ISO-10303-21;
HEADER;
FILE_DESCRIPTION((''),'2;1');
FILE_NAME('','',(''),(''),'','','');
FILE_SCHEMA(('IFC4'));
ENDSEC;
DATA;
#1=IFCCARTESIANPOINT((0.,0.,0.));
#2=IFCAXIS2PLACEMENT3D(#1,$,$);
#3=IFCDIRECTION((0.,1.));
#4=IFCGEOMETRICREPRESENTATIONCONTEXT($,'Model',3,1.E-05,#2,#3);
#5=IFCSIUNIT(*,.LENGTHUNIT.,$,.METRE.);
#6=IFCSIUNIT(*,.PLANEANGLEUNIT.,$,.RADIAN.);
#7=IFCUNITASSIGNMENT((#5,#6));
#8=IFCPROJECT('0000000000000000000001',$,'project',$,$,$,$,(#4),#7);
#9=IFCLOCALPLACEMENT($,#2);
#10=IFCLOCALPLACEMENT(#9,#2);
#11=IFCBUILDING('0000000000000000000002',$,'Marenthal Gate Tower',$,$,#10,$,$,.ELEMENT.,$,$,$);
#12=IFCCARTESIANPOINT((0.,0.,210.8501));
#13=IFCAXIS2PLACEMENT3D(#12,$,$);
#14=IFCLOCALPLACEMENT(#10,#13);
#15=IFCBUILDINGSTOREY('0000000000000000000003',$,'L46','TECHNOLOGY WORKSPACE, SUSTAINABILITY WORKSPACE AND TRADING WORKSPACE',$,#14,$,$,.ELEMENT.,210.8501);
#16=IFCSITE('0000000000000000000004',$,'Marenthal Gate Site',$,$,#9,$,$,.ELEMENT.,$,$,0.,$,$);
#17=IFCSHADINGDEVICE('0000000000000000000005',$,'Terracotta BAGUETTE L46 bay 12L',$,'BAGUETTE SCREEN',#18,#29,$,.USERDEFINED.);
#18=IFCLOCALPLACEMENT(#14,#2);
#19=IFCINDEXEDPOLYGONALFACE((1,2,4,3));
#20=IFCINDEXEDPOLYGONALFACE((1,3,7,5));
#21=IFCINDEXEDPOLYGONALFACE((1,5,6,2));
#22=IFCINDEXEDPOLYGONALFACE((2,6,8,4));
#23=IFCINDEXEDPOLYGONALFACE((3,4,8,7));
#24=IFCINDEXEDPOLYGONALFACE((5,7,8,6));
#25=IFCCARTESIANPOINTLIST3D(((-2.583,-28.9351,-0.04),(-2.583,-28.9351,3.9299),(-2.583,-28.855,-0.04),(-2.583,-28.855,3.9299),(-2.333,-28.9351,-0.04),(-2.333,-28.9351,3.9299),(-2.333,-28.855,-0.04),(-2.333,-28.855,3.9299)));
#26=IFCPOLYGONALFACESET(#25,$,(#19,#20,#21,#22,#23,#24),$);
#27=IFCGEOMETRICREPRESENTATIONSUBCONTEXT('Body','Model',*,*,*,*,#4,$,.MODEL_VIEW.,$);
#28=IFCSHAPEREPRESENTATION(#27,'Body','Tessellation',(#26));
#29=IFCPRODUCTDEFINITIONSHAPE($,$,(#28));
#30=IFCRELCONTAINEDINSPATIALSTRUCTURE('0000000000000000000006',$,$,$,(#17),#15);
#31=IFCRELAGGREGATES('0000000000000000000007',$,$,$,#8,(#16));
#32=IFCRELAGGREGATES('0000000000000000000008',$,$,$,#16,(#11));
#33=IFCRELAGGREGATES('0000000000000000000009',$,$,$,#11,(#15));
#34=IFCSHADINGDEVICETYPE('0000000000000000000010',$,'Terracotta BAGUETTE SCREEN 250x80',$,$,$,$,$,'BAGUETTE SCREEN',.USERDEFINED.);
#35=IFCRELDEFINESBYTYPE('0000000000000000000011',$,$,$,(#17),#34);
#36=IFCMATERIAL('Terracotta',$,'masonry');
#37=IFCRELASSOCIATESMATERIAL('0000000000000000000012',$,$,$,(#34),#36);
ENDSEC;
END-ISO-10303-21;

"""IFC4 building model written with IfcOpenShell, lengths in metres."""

from ifc_helpers import new_model, si_unit, direction, frame, origin, origin_2d, place, context, subcontext, project, spatial, rectangle, extrude, material, material_profile, profile_set, type_object, element, save


model = new_model("IFC4")

# Units and contexts
model_context = context("Model", 3, precision=1e-05, world=origin(), true_north=direction((0.0, 1.0)))
body_context = subcontext(model_context, "Body", "Model", "MODEL_VIEW")
ifc_project = project(units=[si_unit("LENGTHUNIT", "METRE"), si_unit("PLANEANGLEUNIT", "RADIAN")], contexts=[model_context])

# Site, building, storey
site_placement = place(None, origin())
site = spatial("IfcSite", under=ifc_project, at=site_placement, Name="Marenthal Gate Site", CompositionType="ELEMENT", RefElevation=0.0)
building_placement = place(site_placement, origin())
building = spatial("IfcBuilding", under=site, at=building_placement, Name="Marenthal Gate Tower", CompositionType="ELEMENT")
storey_placement = place(building_placement, frame((0.0, 0.0, 210.8501)))
storey = spatial("IfcBuildingStorey", under=building, at=storey_placement, Name="L46", Description="TECHNOLOGY WORKSPACE, SUSTAINABILITY WORKSPACE AND TRADING WORKSPACE", CompositionType="ELEMENT", Elevation=210.8501)

# Shading device
ifc_material_1 = material(Name="Terracotta", Category="masonry")
ifc_material_profile_1 = material_profile(ifc_material_1, rectangle(XDim=0.25, YDim=0.0801, at=origin_2d()), Name="Terracotta baguette 250x80")
ifc_profile_set_1 = profile_set([ifc_material_profile_1], Name="Terracotta")
shading_device_type = type_object("IfcShadingDeviceType", Name="Terracotta BAGUETTE SCREEN 250x80", ElementType="BAGUETTE SCREEN", PredefinedType="USERDEFINED", material=ifc_profile_set_1)
shading_device_placement = place(storey_placement, frame((-2.458, -28.895, -0.04), z_axis=(0.0, 0.0, 1.0), x_axis=(1.0, 0.0, 0.0)))
element("IfcShadingDevice", 1, at=shading_device_placement, inside=storey, type_object=shading_device_type, Name="Terracotta BAGUETTE L46 bay 12L", ObjectType="BAGUETTE SCREEN", PredefinedType="USERDEFINED", context=body_context, shape_type="SweptSolid", body=[
    extrude(rectangle(XDim=0.25, YDim=0.0801, at=origin_2d()), origin(), (0.0, 0.0, 1.0), 3.97),
])

save(model, "model.ifc")
